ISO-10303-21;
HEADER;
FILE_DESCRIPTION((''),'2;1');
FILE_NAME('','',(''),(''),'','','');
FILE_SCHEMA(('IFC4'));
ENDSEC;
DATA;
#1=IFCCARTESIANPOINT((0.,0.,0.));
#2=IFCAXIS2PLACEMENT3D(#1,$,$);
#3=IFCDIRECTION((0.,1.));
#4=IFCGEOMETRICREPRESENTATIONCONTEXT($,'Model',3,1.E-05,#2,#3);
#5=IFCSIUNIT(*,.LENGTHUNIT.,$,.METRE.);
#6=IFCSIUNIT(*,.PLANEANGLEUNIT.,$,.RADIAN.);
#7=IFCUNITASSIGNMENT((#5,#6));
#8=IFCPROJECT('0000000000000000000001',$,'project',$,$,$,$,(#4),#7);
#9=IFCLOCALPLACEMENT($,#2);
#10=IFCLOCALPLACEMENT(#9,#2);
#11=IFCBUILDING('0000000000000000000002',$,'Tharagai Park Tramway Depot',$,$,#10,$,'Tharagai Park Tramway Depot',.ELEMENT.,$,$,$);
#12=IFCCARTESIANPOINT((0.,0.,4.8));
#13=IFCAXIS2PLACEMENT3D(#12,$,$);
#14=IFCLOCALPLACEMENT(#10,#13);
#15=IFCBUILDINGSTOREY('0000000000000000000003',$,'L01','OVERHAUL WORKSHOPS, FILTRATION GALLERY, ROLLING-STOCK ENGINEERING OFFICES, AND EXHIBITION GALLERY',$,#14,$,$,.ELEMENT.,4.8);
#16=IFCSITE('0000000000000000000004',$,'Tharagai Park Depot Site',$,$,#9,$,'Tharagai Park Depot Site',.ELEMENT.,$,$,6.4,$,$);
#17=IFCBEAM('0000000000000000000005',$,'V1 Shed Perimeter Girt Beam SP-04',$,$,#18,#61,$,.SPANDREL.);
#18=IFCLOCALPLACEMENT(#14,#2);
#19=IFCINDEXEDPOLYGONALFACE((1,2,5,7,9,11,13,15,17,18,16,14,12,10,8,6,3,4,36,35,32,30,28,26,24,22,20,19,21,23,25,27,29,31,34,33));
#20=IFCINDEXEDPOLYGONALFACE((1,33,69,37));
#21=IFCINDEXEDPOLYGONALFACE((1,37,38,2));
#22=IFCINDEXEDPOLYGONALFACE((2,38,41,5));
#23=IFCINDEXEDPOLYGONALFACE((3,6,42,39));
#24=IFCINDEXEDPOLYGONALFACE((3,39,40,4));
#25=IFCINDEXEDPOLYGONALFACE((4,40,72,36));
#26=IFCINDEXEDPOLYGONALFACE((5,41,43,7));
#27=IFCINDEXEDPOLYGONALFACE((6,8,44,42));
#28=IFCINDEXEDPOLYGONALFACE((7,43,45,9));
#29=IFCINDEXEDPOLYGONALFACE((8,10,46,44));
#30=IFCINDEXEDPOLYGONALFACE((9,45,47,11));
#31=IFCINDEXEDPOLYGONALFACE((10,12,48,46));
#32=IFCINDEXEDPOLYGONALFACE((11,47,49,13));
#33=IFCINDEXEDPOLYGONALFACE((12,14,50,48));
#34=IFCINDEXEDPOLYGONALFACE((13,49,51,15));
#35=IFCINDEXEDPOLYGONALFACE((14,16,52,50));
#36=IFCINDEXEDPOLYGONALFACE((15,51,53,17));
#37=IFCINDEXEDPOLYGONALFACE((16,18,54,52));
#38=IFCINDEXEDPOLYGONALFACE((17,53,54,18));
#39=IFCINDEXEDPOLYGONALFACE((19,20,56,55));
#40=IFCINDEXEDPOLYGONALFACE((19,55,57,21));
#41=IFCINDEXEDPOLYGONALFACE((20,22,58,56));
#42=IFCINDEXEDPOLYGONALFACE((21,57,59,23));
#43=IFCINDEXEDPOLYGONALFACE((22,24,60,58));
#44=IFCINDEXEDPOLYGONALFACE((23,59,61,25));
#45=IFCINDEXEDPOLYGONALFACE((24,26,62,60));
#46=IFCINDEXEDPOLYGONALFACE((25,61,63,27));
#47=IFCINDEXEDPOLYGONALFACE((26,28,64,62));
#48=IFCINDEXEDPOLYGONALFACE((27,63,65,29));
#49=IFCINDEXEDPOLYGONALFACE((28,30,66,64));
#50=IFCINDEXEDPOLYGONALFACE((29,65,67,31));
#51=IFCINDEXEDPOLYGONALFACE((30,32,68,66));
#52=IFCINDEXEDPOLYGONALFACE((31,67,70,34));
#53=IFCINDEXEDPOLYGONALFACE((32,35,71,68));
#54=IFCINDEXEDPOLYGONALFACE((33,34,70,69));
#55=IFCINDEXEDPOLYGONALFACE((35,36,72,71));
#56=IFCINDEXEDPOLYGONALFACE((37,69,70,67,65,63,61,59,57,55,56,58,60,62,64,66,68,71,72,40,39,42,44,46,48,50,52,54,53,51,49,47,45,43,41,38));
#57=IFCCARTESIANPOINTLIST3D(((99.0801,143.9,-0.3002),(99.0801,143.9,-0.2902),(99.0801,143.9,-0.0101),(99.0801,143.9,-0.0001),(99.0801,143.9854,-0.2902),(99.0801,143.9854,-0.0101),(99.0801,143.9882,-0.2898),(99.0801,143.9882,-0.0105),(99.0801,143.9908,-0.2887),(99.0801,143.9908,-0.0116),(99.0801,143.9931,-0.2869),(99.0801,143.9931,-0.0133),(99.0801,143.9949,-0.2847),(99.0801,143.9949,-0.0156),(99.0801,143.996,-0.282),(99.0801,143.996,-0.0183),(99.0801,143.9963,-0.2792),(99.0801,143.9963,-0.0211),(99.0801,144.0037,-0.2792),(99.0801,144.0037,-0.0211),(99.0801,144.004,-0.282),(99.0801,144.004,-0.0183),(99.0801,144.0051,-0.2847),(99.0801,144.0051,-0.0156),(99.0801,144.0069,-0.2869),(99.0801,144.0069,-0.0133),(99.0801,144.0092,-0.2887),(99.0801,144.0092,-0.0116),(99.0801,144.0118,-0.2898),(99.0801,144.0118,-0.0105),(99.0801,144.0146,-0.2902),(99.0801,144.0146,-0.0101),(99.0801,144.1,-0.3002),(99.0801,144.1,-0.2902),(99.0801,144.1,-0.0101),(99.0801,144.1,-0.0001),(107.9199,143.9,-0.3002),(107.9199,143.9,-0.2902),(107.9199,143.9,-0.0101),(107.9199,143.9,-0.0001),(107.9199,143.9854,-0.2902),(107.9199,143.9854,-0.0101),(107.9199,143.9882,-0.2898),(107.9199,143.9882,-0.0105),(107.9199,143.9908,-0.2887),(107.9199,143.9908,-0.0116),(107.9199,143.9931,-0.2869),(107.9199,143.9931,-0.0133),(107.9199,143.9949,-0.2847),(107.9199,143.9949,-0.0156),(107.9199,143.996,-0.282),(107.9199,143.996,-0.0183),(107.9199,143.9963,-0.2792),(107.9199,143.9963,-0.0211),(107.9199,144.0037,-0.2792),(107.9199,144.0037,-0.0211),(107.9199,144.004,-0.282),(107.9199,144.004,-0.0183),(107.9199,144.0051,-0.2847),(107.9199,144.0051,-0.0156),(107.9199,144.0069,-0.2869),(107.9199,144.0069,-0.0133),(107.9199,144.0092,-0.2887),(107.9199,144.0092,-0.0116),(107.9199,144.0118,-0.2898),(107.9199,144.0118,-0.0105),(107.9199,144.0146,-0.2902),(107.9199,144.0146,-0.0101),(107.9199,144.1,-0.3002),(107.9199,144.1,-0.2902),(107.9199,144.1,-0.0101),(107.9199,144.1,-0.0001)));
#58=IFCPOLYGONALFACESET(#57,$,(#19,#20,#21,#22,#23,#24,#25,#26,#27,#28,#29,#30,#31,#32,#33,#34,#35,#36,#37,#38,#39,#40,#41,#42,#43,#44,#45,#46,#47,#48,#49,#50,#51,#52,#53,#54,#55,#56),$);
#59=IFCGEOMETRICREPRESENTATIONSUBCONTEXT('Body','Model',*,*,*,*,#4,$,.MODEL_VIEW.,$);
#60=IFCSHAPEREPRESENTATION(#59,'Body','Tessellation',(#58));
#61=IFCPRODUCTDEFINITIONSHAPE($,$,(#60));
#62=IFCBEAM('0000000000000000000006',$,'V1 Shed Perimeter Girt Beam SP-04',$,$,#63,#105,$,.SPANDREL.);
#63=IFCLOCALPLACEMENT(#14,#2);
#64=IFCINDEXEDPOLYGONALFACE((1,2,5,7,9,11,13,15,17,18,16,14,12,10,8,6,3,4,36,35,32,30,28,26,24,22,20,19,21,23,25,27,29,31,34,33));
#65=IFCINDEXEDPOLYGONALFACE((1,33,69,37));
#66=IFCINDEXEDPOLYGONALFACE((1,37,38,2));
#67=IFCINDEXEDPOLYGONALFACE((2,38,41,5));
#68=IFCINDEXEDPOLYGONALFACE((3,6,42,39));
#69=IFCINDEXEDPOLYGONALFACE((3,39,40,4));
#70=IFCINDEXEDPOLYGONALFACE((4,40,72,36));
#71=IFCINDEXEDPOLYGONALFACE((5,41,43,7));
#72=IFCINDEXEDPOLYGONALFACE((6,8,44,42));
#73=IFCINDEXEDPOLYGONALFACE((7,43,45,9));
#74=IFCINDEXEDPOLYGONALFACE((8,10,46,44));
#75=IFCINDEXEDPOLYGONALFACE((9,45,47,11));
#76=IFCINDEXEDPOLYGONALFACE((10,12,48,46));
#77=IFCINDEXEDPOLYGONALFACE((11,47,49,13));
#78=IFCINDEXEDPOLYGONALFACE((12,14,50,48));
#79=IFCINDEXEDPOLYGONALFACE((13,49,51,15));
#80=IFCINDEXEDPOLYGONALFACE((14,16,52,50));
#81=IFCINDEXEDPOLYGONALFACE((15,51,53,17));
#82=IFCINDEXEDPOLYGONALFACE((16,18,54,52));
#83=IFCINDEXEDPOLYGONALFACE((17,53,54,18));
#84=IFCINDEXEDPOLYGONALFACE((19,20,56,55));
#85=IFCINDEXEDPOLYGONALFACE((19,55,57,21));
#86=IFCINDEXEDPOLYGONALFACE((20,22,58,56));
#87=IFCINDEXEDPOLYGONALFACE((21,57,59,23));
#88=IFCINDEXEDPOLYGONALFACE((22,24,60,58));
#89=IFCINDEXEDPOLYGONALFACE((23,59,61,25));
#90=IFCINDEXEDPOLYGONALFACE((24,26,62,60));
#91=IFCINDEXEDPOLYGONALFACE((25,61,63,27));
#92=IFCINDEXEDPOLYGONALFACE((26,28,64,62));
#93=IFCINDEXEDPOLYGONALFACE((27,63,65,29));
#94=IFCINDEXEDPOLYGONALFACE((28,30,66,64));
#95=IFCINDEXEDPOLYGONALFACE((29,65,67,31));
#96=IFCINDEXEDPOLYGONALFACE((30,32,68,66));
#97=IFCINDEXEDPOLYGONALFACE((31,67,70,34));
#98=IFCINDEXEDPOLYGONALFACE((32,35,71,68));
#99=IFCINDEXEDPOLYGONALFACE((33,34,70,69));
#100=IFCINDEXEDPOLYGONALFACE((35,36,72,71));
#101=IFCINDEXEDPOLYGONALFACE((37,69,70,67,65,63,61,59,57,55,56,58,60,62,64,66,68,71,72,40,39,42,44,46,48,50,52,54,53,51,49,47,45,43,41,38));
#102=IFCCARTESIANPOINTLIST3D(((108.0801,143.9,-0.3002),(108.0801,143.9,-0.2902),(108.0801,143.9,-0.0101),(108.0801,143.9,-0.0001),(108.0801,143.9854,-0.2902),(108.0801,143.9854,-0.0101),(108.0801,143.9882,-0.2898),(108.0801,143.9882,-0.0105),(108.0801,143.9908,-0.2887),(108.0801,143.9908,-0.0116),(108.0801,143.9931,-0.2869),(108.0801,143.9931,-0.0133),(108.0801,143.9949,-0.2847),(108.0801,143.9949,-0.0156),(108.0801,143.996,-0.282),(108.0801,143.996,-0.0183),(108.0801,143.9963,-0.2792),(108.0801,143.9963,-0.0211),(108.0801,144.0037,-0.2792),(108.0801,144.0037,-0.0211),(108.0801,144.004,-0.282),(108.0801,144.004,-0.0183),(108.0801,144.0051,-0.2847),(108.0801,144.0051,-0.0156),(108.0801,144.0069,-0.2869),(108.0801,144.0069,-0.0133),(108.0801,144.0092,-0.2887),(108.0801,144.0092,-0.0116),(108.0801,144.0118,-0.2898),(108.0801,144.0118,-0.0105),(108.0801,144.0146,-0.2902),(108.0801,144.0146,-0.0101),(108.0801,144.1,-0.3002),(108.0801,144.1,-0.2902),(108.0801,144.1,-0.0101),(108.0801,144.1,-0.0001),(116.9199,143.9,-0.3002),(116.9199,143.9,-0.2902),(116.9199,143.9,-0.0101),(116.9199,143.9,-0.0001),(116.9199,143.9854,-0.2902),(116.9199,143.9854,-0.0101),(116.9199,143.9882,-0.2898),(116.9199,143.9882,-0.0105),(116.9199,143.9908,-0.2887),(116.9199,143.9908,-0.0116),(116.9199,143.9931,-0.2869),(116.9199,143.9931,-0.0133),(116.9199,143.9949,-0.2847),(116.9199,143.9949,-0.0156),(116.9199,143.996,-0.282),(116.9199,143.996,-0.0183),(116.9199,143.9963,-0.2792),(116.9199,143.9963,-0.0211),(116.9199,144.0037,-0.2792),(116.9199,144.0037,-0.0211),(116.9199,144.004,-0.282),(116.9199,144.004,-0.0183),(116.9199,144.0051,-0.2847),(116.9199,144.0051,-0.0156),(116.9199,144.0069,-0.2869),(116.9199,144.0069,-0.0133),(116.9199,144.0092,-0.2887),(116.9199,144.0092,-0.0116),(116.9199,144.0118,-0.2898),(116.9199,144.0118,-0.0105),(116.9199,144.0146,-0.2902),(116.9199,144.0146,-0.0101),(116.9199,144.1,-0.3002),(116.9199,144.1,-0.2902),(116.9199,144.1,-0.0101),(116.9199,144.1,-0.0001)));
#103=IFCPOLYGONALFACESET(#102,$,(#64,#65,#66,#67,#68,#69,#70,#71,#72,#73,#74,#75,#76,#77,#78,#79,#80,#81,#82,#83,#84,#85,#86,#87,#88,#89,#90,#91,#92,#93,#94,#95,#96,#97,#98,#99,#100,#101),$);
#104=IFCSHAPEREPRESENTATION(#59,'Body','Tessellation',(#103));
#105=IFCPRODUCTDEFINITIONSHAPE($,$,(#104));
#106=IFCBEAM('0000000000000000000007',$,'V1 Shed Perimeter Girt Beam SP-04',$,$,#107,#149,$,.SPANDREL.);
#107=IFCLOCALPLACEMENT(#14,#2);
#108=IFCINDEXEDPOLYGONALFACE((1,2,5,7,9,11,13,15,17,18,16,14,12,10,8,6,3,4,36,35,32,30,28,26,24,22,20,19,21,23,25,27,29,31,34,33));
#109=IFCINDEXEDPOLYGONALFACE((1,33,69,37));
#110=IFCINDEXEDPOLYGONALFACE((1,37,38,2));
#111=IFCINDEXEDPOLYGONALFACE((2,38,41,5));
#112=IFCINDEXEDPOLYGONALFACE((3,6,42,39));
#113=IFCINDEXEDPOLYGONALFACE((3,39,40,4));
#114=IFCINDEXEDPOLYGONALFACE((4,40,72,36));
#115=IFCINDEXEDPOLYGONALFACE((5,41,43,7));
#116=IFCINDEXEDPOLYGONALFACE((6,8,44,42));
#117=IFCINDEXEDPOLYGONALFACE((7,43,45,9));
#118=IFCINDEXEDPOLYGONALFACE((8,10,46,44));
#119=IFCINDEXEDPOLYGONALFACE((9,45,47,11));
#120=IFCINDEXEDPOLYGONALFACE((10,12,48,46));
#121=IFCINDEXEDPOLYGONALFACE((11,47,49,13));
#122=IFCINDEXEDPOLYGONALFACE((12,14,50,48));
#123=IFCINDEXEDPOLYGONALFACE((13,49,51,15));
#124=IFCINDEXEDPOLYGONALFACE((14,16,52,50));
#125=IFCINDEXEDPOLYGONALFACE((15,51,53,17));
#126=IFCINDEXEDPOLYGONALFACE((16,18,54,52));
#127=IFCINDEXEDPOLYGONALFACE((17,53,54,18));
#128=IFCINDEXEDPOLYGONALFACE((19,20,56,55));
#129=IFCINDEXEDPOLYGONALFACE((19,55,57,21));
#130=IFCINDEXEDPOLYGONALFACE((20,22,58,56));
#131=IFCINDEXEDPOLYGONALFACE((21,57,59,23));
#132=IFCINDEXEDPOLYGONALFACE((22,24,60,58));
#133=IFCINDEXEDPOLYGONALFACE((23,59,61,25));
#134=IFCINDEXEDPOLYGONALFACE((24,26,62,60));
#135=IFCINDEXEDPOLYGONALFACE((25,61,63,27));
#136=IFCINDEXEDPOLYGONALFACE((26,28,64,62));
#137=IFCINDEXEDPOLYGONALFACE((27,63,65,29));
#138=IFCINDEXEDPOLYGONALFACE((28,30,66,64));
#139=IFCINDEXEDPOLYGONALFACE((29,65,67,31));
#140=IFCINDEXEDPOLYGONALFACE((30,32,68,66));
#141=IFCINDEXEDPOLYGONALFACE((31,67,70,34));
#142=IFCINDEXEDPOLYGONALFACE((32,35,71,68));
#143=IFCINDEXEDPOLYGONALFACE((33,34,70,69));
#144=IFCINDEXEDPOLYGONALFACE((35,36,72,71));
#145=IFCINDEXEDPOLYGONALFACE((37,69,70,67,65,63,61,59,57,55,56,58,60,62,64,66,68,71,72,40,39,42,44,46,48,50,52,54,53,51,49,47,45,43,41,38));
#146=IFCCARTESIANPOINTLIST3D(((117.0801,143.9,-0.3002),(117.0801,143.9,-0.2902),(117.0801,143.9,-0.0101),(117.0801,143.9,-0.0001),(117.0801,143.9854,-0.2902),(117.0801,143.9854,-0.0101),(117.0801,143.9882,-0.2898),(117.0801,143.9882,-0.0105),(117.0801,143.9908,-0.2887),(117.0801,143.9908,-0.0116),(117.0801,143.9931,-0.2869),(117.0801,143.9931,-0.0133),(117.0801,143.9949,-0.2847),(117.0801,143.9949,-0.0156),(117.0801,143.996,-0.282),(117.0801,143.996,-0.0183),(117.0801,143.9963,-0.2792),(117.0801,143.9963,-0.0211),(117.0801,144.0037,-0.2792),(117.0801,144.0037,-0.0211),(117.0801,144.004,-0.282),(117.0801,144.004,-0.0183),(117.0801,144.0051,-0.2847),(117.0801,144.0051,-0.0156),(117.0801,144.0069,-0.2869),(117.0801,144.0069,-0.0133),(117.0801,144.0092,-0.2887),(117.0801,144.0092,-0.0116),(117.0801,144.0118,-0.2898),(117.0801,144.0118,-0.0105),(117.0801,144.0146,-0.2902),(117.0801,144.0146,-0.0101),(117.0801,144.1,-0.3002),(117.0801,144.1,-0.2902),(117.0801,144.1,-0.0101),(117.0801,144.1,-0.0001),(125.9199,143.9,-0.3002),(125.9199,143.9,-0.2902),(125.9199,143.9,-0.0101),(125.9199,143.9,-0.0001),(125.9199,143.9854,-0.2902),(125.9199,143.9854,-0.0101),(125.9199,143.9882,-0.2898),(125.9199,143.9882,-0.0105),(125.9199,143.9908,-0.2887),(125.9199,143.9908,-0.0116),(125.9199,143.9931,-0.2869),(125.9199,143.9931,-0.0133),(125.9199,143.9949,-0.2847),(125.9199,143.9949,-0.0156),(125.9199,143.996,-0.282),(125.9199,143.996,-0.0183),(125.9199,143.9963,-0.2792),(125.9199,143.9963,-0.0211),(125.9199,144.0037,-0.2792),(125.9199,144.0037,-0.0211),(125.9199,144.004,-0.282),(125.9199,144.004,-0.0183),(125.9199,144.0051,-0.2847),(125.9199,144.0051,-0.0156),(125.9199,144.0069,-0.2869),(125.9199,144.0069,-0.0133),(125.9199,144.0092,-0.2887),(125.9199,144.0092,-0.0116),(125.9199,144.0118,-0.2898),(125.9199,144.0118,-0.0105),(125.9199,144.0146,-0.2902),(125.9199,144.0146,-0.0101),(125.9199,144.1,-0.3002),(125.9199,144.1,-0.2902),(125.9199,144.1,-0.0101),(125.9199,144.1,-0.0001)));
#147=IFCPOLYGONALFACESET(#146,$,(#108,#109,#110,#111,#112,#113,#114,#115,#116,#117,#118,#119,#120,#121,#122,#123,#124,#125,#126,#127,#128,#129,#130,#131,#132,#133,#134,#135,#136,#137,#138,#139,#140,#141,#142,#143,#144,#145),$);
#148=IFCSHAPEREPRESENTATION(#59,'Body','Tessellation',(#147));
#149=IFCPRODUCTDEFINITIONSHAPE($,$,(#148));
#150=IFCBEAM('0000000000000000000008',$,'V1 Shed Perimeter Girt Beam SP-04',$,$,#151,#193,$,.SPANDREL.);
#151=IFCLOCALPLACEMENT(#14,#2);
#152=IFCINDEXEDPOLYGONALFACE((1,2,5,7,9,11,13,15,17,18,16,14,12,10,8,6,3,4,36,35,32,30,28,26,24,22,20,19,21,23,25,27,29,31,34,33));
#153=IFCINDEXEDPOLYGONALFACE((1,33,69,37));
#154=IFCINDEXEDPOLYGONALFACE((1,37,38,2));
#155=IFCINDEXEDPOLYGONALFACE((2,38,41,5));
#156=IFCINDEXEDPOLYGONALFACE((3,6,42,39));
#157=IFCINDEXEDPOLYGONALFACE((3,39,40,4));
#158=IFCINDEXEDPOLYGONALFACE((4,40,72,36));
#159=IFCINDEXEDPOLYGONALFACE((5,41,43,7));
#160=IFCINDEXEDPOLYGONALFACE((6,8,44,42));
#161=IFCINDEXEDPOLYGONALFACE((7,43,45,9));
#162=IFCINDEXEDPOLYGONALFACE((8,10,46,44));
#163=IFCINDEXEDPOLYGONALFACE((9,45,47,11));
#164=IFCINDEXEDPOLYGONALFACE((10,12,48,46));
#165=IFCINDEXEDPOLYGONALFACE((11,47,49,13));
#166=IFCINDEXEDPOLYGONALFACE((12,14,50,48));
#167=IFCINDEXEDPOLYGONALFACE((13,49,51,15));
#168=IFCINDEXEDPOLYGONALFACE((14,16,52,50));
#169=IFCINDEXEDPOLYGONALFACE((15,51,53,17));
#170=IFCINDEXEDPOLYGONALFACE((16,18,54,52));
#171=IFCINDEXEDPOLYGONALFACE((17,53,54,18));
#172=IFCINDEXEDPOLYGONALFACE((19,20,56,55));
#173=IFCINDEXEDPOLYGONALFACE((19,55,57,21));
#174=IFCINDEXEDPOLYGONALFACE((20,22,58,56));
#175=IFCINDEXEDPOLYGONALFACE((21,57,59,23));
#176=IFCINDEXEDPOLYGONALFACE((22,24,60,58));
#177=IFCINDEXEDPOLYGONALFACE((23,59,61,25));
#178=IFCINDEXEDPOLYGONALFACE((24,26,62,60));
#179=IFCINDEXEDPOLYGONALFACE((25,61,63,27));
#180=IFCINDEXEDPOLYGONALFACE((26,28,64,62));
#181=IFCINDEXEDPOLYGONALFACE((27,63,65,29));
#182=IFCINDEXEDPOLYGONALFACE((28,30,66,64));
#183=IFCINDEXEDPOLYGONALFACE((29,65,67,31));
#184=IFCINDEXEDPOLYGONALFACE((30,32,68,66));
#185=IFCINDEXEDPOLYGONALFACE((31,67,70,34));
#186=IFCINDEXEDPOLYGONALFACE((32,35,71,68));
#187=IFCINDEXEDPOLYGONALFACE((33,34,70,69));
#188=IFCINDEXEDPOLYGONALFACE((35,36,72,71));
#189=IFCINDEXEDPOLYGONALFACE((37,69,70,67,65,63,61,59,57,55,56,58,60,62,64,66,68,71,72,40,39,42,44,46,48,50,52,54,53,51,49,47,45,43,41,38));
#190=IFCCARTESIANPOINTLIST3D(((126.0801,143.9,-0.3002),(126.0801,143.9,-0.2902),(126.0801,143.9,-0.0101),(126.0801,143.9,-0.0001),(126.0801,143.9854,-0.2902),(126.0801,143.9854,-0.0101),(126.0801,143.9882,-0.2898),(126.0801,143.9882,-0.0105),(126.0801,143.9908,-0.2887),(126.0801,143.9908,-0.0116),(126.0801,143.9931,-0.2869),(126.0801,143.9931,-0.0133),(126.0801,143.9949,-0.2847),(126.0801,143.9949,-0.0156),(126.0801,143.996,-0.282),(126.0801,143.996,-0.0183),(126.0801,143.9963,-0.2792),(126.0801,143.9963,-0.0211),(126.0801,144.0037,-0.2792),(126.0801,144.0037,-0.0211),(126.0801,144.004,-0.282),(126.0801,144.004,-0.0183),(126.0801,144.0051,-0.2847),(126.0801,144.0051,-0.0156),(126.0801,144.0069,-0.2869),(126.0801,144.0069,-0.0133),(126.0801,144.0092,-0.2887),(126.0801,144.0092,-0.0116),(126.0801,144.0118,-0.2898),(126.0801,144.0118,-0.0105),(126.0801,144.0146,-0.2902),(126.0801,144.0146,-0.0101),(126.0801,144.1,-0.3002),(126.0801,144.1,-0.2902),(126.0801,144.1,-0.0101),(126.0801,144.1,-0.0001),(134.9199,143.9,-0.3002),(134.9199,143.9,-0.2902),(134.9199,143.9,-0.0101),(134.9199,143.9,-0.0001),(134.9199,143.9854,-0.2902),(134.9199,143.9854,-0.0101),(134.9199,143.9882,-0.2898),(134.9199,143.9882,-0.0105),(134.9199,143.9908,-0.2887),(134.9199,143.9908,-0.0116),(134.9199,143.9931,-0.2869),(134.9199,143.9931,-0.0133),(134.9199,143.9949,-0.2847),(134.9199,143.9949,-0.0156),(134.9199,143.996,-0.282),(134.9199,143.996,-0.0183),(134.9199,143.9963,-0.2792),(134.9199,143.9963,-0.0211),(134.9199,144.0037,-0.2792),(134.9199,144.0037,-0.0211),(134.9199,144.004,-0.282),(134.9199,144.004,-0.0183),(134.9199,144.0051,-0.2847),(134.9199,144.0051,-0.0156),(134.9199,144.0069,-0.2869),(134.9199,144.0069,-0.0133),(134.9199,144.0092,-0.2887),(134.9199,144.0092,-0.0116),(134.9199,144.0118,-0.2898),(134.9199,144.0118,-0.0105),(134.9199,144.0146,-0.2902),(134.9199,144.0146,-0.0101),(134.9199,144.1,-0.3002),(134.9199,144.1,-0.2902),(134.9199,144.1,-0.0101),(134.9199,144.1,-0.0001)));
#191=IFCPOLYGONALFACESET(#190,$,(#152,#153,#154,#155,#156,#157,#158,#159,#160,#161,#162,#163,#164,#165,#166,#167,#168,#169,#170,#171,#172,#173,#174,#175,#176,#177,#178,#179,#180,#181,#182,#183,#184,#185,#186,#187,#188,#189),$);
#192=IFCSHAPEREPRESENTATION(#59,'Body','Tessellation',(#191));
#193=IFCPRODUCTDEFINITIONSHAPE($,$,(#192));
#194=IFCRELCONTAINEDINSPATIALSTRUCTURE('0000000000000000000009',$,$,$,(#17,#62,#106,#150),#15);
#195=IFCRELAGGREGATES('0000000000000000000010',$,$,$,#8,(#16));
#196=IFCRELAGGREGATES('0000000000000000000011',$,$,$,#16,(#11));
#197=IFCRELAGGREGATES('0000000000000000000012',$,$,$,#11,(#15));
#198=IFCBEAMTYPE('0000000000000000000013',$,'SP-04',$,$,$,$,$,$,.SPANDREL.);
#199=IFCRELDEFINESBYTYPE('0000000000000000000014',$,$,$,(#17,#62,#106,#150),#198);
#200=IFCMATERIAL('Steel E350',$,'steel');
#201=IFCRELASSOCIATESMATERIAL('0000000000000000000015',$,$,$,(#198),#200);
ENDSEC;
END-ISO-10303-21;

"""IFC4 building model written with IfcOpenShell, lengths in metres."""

from ifc_helpers import new_model, si_unit, direction, frame, origin, origin_2d, place, context, subcontext, project, spatial, i_section, extrude, material, material_profile, profile_set, type_object, element, save


model = new_model("IFC4")

# Units and contexts
model_context = context("Model", 3, precision=1e-05, world=origin(), true_north=direction((0.0, 1.0)))
body_context = subcontext(model_context, "Body", "Model", "MODEL_VIEW")
ifc_project = project(units=[si_unit("LENGTHUNIT", "METRE"), si_unit("PLANEANGLEUNIT", "RADIAN")], contexts=[model_context])

# Site, building, storey
site_placement = place(None, origin())
site = spatial("IfcSite", under=ifc_project, at=site_placement, Name="Tharagai Park Depot Site", LongName="Tharagai Park Depot Site", CompositionType="ELEMENT", RefElevation=6.4)
building_placement = place(site_placement, origin())
building = spatial("IfcBuilding", under=site, at=building_placement, Name="Tharagai Park Tramway Depot", LongName="Tharagai Park Tramway Depot", CompositionType="ELEMENT")
storey_placement = place(building_placement, frame((0.0, 0.0, 4.8)))
storey = spatial("IfcBuildingStorey", under=building, at=storey_placement, Name="L01", Description="OVERHAUL WORKSHOPS, FILTRATION GALLERY, ROLLING-STOCK ENGINEERING OFFICES, AND EXHIBITION GALLERY", CompositionType="ELEMENT", Elevation=4.8)

# Shared definitions
ifc_material_1 = material(Name="Steel E350", Category="steel")

# Beams
ifc_material_profile_1 = material_profile(ifc_material_1, i_section(OverallWidth=0.2, OverallDepth=0.3, WebThickness=0.0073, FlangeThickness=0.01, FilletRadius=0.011, at=origin_2d()), Name="ISWB 300")
ifc_profile_set_1 = profile_set([ifc_material_profile_1], Name="Steel E350")
beam_type = type_object("IfcBeamType", Name="SP-04", PredefinedType="SPANDREL", material=ifc_profile_set_1)
for number, where, z_axis, x_axis, name in (
    (1, (99.0801, 144.0, -0.1501), (1.0, 0.0, 0.0), (0.0, 1.0, 0.0), "V1 Shed Perimeter Girt Beam SP-04"),
    (2, (108.0801, 144.0, -0.1501), (1.0, 0.0, 0.0), (0.0, 1.0, 0.0), "V1 Shed Perimeter Girt Beam SP-04"),
    (3, (117.0801, 144.0, -0.1501), (1.0, 0.0, 0.0), (0.0, 1.0, 0.0), "V1 Shed Perimeter Girt Beam SP-04"),
    (4, (126.0801, 144.0, -0.1501), (1.0, 0.0, 0.0), (0.0, 1.0, 0.0), "V1 Shed Perimeter Girt Beam SP-04"),
):
    element("IfcBeam", number, at=place(storey_placement, frame(where, z_axis=z_axis, x_axis=x_axis)), inside=storey, type_object=beam_type, Name=name, PredefinedType="SPANDREL", context=body_context, shape_type="SweptSolid", body=[
        extrude(i_section(OverallWidth=0.2, OverallDepth=0.3, WebThickness=0.0073, FlangeThickness=0.01, FilletRadius=0.011, at=origin_2d()), origin(), (0.0, 0.0, 1.0), 8.8398),
    ])

save(model, "model.ifc")
